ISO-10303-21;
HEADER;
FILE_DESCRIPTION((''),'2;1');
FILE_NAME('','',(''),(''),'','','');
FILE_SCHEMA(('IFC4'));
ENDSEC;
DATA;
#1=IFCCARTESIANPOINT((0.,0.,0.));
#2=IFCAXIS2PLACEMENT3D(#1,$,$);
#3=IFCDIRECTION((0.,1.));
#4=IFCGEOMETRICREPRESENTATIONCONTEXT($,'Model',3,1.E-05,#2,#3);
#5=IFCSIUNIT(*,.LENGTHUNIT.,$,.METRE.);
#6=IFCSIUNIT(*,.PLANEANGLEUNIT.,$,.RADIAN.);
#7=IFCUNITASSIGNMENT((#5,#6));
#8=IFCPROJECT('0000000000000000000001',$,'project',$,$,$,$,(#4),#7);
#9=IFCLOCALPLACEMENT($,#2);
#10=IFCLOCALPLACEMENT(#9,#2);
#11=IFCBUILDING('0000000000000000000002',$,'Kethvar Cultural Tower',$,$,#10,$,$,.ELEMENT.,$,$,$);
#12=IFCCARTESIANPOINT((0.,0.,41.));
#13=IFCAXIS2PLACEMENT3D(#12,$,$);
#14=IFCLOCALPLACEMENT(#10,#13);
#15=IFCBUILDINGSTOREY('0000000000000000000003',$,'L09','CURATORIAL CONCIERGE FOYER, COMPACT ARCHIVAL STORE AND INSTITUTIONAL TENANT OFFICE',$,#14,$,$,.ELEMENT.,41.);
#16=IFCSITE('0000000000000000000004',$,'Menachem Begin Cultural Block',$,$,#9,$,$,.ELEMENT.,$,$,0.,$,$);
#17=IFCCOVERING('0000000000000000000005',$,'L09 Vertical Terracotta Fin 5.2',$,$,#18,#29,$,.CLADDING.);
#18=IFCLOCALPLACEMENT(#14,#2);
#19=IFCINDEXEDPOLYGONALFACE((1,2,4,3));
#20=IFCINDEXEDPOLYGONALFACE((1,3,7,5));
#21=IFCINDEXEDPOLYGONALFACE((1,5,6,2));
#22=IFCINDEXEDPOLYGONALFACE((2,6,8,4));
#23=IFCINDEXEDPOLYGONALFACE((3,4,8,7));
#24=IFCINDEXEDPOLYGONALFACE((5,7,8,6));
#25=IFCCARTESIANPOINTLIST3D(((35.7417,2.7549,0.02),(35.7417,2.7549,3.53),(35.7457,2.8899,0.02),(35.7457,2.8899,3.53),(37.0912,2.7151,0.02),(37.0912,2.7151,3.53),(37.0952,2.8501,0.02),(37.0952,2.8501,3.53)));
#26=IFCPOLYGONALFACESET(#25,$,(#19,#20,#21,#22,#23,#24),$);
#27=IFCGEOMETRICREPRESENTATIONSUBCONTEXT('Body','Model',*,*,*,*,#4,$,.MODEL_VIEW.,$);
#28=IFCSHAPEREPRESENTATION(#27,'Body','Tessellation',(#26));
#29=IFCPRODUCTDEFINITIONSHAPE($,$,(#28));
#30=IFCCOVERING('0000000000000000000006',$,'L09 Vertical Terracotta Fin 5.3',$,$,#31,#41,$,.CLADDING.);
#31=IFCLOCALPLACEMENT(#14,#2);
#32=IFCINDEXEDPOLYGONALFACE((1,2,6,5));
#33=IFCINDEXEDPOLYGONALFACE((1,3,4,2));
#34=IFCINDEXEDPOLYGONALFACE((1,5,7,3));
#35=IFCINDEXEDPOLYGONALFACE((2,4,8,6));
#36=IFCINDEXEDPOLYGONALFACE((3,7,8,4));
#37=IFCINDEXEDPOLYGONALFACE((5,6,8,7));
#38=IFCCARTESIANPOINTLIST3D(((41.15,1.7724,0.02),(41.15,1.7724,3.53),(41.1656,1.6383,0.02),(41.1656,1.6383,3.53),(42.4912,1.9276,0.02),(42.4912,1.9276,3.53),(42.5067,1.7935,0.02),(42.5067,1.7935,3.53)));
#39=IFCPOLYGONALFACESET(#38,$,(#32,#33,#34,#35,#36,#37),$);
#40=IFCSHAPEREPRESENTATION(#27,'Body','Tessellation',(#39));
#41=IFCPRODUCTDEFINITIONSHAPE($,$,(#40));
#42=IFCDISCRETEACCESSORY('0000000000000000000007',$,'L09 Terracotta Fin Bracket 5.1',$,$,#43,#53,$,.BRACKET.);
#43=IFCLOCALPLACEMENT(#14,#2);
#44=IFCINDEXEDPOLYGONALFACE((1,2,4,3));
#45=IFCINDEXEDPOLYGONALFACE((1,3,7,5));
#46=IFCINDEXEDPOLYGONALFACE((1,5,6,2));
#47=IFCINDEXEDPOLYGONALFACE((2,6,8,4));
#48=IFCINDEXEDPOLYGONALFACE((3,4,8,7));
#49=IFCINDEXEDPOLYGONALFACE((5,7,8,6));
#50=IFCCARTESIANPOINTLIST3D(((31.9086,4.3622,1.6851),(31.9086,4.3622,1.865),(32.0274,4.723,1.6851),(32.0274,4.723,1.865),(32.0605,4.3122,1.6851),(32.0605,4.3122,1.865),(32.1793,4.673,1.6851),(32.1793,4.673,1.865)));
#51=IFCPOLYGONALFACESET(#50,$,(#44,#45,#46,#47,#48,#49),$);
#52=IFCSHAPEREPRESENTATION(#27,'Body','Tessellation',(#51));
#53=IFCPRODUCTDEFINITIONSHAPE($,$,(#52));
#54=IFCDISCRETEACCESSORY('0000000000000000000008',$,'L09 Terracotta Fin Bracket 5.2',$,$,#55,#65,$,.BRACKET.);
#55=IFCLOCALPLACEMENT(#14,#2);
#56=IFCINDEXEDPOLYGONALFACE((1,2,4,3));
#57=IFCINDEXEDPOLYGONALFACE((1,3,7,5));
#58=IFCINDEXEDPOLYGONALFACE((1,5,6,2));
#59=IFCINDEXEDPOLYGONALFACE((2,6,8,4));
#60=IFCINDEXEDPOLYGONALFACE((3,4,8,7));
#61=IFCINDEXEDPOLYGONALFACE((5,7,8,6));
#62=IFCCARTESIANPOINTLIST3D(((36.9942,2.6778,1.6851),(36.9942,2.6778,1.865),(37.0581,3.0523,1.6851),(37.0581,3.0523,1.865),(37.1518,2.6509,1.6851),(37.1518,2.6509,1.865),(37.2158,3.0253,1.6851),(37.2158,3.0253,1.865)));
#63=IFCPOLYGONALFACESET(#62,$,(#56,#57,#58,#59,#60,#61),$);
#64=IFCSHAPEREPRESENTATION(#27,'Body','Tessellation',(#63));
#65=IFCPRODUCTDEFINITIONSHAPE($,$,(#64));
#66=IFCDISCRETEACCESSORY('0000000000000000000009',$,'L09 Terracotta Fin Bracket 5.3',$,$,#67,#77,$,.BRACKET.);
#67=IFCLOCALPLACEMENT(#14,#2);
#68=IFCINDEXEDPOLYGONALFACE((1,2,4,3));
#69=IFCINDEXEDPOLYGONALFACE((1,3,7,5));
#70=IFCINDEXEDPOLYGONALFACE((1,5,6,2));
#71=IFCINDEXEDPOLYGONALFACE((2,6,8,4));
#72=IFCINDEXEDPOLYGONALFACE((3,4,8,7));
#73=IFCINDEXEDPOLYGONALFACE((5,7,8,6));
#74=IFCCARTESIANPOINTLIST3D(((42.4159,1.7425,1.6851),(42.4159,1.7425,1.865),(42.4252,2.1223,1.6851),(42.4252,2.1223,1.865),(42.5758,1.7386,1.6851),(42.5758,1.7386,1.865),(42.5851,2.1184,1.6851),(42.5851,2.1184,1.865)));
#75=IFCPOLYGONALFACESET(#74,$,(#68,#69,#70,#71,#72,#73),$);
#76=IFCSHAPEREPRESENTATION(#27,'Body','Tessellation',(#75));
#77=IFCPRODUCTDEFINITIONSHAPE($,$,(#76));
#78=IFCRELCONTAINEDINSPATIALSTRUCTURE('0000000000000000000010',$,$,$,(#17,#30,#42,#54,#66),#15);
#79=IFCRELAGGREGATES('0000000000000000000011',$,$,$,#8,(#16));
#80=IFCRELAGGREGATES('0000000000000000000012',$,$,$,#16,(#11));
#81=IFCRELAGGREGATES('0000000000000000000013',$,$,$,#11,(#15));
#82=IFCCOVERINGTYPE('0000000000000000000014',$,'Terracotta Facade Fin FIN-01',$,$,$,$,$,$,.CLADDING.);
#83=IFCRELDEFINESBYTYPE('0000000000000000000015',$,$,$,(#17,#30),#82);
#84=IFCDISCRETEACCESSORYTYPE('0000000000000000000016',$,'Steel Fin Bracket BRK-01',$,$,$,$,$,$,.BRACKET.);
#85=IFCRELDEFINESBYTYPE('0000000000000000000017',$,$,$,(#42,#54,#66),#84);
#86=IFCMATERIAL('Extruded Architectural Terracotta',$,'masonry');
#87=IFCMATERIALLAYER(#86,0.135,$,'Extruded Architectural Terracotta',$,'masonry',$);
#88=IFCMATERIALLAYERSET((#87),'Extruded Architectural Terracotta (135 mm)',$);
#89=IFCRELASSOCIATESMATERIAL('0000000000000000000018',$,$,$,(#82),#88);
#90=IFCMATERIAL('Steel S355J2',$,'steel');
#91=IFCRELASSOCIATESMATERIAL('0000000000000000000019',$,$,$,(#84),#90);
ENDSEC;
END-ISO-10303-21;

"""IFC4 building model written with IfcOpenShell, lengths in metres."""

from ifc_helpers import new_model, si_unit, direction, frame, origin, origin_2d, place, context, subcontext, project, spatial, rectangle, extrude, source, transform, mapped, material, layer, layer_set, type_object, element, save


model = new_model("IFC4")

# Units and contexts
model_context = context("Model", 3, precision=1e-05, world=origin(), true_north=direction((0.0, 1.0)))
body_context = subcontext(model_context, "Body", "Model", "MODEL_VIEW")
ifc_project = project(units=[si_unit("LENGTHUNIT", "METRE"), si_unit("PLANEANGLEUNIT", "RADIAN")], contexts=[model_context])

# Site, building, storey
site_placement = place(None, origin())
site = spatial("IfcSite", under=ifc_project, at=site_placement, Name="Menachem Begin Cultural Block", CompositionType="ELEMENT", RefElevation=0.0)
building_placement = place(site_placement, origin())
building = spatial("IfcBuilding", under=site, at=building_placement, Name="Kethvar Cultural Tower", CompositionType="ELEMENT")
storey_placement = place(building_placement, frame((0.0, 0.0, 41.0)))
storey = spatial("IfcBuildingStorey", under=building, at=storey_placement, Name="L09", Description="CURATORIAL CONCIERGE FOYER, COMPACT ARCHIVAL STORE AND INSTITUTIONAL TENANT OFFICE", CompositionType="ELEMENT", Elevation=41.0)

# Shared definitions
ifc_material_1 = material(Name="Steel S355J2", Category="steel")

# Coverings
ifc_material_2 = material(Name="Extruded Architectural Terracotta", Category="masonry")
ifc_layer_1 = layer(ifc_material_2, 0.135, Name="Extruded Architectural Terracotta", Category="masonry")
ifc_layer_set_1 = layer_set([ifc_layer_1], Name="Extruded Architectural Terracotta (135 mm)")
covering_type = type_object("IfcCoveringType", Name="Terracotta Facade Fin FIN-01", PredefinedType="CLADDING", material=ifc_layer_set_1)
shared_shape_1 = source(origin(), body_context, "Body", "SweptSolid", [
    extrude(rectangle(XDim=1.3501, YDim=0.135, at=origin_2d()), origin(), (0.0, 0.0, 1.0), 3.51),
])
for number, where, z_axis, x_axis, name in (
    (1, (36.4185, 2.8025, 0.02), (0.0, 0.0, 1.0), (-0.999565, 0.029492, 0.0), "L09 Vertical Terracotta Fin 5.2"),
    (2, (41.8284, 1.783, 0.02), (0.0, 0.0, 1.0), (-0.993373, -0.114937, 0.0), "L09 Vertical Terracotta Fin 5.3"),
):
    element("IfcCovering", number, at=place(storey_placement, frame(where, z_axis=z_axis, x_axis=x_axis)), inside=storey, type_object=covering_type, Name=name, PredefinedType="CLADDING", context=body_context, shape_type="MappedRepresentation", body=[
        mapped(shared_shape_1, transform((0.0, 0.0, 0.0), scale=1.0)),
    ])

# Discrete accessories
discrete_accessory_type = type_object("IfcDiscreteAccessoryType", Name="Steel Fin Bracket BRK-01", PredefinedType="BRACKET", material=ifc_material_1)
shared_shape_2 = source(origin(), body_context, "Body", "SweptSolid", [
    extrude(rectangle(XDim=0.3799, YDim=0.1599, at=origin_2d()), origin(), (0.0, 0.0, 1.0), 0.1799),
])
for number, where, z_axis, x_axis, name in (
    (3, (32.0439, 4.5176, 1.6851), (0.0, 0.0, 1.0), (-0.312667, -0.949863, 0.0), "L09 Terracotta Fin Bracket 5.1"),
    (4, (37.105, 2.8516, 1.6851), (0.0, 0.0, 1.0), (-0.168317, -0.985733, 0.0), "L09 Terracotta Fin Bracket 5.2"),
    (5, (42.5005, 1.9304, 1.6851), (0.0, 0.0, 1.0), (-0.024432, -0.999701, 0.0), "L09 Terracotta Fin Bracket 5.3"),
):
    element("IfcDiscreteAccessory", number, at=place(storey_placement, frame(where, z_axis=z_axis, x_axis=x_axis)), inside=storey, type_object=discrete_accessory_type, Name=name, PredefinedType="BRACKET", context=body_context, shape_type="MappedRepresentation", body=[
        mapped(shared_shape_2, transform((0.0, 0.0, 0.0), scale=1.0)),
    ])

save(model, "model.ifc")
